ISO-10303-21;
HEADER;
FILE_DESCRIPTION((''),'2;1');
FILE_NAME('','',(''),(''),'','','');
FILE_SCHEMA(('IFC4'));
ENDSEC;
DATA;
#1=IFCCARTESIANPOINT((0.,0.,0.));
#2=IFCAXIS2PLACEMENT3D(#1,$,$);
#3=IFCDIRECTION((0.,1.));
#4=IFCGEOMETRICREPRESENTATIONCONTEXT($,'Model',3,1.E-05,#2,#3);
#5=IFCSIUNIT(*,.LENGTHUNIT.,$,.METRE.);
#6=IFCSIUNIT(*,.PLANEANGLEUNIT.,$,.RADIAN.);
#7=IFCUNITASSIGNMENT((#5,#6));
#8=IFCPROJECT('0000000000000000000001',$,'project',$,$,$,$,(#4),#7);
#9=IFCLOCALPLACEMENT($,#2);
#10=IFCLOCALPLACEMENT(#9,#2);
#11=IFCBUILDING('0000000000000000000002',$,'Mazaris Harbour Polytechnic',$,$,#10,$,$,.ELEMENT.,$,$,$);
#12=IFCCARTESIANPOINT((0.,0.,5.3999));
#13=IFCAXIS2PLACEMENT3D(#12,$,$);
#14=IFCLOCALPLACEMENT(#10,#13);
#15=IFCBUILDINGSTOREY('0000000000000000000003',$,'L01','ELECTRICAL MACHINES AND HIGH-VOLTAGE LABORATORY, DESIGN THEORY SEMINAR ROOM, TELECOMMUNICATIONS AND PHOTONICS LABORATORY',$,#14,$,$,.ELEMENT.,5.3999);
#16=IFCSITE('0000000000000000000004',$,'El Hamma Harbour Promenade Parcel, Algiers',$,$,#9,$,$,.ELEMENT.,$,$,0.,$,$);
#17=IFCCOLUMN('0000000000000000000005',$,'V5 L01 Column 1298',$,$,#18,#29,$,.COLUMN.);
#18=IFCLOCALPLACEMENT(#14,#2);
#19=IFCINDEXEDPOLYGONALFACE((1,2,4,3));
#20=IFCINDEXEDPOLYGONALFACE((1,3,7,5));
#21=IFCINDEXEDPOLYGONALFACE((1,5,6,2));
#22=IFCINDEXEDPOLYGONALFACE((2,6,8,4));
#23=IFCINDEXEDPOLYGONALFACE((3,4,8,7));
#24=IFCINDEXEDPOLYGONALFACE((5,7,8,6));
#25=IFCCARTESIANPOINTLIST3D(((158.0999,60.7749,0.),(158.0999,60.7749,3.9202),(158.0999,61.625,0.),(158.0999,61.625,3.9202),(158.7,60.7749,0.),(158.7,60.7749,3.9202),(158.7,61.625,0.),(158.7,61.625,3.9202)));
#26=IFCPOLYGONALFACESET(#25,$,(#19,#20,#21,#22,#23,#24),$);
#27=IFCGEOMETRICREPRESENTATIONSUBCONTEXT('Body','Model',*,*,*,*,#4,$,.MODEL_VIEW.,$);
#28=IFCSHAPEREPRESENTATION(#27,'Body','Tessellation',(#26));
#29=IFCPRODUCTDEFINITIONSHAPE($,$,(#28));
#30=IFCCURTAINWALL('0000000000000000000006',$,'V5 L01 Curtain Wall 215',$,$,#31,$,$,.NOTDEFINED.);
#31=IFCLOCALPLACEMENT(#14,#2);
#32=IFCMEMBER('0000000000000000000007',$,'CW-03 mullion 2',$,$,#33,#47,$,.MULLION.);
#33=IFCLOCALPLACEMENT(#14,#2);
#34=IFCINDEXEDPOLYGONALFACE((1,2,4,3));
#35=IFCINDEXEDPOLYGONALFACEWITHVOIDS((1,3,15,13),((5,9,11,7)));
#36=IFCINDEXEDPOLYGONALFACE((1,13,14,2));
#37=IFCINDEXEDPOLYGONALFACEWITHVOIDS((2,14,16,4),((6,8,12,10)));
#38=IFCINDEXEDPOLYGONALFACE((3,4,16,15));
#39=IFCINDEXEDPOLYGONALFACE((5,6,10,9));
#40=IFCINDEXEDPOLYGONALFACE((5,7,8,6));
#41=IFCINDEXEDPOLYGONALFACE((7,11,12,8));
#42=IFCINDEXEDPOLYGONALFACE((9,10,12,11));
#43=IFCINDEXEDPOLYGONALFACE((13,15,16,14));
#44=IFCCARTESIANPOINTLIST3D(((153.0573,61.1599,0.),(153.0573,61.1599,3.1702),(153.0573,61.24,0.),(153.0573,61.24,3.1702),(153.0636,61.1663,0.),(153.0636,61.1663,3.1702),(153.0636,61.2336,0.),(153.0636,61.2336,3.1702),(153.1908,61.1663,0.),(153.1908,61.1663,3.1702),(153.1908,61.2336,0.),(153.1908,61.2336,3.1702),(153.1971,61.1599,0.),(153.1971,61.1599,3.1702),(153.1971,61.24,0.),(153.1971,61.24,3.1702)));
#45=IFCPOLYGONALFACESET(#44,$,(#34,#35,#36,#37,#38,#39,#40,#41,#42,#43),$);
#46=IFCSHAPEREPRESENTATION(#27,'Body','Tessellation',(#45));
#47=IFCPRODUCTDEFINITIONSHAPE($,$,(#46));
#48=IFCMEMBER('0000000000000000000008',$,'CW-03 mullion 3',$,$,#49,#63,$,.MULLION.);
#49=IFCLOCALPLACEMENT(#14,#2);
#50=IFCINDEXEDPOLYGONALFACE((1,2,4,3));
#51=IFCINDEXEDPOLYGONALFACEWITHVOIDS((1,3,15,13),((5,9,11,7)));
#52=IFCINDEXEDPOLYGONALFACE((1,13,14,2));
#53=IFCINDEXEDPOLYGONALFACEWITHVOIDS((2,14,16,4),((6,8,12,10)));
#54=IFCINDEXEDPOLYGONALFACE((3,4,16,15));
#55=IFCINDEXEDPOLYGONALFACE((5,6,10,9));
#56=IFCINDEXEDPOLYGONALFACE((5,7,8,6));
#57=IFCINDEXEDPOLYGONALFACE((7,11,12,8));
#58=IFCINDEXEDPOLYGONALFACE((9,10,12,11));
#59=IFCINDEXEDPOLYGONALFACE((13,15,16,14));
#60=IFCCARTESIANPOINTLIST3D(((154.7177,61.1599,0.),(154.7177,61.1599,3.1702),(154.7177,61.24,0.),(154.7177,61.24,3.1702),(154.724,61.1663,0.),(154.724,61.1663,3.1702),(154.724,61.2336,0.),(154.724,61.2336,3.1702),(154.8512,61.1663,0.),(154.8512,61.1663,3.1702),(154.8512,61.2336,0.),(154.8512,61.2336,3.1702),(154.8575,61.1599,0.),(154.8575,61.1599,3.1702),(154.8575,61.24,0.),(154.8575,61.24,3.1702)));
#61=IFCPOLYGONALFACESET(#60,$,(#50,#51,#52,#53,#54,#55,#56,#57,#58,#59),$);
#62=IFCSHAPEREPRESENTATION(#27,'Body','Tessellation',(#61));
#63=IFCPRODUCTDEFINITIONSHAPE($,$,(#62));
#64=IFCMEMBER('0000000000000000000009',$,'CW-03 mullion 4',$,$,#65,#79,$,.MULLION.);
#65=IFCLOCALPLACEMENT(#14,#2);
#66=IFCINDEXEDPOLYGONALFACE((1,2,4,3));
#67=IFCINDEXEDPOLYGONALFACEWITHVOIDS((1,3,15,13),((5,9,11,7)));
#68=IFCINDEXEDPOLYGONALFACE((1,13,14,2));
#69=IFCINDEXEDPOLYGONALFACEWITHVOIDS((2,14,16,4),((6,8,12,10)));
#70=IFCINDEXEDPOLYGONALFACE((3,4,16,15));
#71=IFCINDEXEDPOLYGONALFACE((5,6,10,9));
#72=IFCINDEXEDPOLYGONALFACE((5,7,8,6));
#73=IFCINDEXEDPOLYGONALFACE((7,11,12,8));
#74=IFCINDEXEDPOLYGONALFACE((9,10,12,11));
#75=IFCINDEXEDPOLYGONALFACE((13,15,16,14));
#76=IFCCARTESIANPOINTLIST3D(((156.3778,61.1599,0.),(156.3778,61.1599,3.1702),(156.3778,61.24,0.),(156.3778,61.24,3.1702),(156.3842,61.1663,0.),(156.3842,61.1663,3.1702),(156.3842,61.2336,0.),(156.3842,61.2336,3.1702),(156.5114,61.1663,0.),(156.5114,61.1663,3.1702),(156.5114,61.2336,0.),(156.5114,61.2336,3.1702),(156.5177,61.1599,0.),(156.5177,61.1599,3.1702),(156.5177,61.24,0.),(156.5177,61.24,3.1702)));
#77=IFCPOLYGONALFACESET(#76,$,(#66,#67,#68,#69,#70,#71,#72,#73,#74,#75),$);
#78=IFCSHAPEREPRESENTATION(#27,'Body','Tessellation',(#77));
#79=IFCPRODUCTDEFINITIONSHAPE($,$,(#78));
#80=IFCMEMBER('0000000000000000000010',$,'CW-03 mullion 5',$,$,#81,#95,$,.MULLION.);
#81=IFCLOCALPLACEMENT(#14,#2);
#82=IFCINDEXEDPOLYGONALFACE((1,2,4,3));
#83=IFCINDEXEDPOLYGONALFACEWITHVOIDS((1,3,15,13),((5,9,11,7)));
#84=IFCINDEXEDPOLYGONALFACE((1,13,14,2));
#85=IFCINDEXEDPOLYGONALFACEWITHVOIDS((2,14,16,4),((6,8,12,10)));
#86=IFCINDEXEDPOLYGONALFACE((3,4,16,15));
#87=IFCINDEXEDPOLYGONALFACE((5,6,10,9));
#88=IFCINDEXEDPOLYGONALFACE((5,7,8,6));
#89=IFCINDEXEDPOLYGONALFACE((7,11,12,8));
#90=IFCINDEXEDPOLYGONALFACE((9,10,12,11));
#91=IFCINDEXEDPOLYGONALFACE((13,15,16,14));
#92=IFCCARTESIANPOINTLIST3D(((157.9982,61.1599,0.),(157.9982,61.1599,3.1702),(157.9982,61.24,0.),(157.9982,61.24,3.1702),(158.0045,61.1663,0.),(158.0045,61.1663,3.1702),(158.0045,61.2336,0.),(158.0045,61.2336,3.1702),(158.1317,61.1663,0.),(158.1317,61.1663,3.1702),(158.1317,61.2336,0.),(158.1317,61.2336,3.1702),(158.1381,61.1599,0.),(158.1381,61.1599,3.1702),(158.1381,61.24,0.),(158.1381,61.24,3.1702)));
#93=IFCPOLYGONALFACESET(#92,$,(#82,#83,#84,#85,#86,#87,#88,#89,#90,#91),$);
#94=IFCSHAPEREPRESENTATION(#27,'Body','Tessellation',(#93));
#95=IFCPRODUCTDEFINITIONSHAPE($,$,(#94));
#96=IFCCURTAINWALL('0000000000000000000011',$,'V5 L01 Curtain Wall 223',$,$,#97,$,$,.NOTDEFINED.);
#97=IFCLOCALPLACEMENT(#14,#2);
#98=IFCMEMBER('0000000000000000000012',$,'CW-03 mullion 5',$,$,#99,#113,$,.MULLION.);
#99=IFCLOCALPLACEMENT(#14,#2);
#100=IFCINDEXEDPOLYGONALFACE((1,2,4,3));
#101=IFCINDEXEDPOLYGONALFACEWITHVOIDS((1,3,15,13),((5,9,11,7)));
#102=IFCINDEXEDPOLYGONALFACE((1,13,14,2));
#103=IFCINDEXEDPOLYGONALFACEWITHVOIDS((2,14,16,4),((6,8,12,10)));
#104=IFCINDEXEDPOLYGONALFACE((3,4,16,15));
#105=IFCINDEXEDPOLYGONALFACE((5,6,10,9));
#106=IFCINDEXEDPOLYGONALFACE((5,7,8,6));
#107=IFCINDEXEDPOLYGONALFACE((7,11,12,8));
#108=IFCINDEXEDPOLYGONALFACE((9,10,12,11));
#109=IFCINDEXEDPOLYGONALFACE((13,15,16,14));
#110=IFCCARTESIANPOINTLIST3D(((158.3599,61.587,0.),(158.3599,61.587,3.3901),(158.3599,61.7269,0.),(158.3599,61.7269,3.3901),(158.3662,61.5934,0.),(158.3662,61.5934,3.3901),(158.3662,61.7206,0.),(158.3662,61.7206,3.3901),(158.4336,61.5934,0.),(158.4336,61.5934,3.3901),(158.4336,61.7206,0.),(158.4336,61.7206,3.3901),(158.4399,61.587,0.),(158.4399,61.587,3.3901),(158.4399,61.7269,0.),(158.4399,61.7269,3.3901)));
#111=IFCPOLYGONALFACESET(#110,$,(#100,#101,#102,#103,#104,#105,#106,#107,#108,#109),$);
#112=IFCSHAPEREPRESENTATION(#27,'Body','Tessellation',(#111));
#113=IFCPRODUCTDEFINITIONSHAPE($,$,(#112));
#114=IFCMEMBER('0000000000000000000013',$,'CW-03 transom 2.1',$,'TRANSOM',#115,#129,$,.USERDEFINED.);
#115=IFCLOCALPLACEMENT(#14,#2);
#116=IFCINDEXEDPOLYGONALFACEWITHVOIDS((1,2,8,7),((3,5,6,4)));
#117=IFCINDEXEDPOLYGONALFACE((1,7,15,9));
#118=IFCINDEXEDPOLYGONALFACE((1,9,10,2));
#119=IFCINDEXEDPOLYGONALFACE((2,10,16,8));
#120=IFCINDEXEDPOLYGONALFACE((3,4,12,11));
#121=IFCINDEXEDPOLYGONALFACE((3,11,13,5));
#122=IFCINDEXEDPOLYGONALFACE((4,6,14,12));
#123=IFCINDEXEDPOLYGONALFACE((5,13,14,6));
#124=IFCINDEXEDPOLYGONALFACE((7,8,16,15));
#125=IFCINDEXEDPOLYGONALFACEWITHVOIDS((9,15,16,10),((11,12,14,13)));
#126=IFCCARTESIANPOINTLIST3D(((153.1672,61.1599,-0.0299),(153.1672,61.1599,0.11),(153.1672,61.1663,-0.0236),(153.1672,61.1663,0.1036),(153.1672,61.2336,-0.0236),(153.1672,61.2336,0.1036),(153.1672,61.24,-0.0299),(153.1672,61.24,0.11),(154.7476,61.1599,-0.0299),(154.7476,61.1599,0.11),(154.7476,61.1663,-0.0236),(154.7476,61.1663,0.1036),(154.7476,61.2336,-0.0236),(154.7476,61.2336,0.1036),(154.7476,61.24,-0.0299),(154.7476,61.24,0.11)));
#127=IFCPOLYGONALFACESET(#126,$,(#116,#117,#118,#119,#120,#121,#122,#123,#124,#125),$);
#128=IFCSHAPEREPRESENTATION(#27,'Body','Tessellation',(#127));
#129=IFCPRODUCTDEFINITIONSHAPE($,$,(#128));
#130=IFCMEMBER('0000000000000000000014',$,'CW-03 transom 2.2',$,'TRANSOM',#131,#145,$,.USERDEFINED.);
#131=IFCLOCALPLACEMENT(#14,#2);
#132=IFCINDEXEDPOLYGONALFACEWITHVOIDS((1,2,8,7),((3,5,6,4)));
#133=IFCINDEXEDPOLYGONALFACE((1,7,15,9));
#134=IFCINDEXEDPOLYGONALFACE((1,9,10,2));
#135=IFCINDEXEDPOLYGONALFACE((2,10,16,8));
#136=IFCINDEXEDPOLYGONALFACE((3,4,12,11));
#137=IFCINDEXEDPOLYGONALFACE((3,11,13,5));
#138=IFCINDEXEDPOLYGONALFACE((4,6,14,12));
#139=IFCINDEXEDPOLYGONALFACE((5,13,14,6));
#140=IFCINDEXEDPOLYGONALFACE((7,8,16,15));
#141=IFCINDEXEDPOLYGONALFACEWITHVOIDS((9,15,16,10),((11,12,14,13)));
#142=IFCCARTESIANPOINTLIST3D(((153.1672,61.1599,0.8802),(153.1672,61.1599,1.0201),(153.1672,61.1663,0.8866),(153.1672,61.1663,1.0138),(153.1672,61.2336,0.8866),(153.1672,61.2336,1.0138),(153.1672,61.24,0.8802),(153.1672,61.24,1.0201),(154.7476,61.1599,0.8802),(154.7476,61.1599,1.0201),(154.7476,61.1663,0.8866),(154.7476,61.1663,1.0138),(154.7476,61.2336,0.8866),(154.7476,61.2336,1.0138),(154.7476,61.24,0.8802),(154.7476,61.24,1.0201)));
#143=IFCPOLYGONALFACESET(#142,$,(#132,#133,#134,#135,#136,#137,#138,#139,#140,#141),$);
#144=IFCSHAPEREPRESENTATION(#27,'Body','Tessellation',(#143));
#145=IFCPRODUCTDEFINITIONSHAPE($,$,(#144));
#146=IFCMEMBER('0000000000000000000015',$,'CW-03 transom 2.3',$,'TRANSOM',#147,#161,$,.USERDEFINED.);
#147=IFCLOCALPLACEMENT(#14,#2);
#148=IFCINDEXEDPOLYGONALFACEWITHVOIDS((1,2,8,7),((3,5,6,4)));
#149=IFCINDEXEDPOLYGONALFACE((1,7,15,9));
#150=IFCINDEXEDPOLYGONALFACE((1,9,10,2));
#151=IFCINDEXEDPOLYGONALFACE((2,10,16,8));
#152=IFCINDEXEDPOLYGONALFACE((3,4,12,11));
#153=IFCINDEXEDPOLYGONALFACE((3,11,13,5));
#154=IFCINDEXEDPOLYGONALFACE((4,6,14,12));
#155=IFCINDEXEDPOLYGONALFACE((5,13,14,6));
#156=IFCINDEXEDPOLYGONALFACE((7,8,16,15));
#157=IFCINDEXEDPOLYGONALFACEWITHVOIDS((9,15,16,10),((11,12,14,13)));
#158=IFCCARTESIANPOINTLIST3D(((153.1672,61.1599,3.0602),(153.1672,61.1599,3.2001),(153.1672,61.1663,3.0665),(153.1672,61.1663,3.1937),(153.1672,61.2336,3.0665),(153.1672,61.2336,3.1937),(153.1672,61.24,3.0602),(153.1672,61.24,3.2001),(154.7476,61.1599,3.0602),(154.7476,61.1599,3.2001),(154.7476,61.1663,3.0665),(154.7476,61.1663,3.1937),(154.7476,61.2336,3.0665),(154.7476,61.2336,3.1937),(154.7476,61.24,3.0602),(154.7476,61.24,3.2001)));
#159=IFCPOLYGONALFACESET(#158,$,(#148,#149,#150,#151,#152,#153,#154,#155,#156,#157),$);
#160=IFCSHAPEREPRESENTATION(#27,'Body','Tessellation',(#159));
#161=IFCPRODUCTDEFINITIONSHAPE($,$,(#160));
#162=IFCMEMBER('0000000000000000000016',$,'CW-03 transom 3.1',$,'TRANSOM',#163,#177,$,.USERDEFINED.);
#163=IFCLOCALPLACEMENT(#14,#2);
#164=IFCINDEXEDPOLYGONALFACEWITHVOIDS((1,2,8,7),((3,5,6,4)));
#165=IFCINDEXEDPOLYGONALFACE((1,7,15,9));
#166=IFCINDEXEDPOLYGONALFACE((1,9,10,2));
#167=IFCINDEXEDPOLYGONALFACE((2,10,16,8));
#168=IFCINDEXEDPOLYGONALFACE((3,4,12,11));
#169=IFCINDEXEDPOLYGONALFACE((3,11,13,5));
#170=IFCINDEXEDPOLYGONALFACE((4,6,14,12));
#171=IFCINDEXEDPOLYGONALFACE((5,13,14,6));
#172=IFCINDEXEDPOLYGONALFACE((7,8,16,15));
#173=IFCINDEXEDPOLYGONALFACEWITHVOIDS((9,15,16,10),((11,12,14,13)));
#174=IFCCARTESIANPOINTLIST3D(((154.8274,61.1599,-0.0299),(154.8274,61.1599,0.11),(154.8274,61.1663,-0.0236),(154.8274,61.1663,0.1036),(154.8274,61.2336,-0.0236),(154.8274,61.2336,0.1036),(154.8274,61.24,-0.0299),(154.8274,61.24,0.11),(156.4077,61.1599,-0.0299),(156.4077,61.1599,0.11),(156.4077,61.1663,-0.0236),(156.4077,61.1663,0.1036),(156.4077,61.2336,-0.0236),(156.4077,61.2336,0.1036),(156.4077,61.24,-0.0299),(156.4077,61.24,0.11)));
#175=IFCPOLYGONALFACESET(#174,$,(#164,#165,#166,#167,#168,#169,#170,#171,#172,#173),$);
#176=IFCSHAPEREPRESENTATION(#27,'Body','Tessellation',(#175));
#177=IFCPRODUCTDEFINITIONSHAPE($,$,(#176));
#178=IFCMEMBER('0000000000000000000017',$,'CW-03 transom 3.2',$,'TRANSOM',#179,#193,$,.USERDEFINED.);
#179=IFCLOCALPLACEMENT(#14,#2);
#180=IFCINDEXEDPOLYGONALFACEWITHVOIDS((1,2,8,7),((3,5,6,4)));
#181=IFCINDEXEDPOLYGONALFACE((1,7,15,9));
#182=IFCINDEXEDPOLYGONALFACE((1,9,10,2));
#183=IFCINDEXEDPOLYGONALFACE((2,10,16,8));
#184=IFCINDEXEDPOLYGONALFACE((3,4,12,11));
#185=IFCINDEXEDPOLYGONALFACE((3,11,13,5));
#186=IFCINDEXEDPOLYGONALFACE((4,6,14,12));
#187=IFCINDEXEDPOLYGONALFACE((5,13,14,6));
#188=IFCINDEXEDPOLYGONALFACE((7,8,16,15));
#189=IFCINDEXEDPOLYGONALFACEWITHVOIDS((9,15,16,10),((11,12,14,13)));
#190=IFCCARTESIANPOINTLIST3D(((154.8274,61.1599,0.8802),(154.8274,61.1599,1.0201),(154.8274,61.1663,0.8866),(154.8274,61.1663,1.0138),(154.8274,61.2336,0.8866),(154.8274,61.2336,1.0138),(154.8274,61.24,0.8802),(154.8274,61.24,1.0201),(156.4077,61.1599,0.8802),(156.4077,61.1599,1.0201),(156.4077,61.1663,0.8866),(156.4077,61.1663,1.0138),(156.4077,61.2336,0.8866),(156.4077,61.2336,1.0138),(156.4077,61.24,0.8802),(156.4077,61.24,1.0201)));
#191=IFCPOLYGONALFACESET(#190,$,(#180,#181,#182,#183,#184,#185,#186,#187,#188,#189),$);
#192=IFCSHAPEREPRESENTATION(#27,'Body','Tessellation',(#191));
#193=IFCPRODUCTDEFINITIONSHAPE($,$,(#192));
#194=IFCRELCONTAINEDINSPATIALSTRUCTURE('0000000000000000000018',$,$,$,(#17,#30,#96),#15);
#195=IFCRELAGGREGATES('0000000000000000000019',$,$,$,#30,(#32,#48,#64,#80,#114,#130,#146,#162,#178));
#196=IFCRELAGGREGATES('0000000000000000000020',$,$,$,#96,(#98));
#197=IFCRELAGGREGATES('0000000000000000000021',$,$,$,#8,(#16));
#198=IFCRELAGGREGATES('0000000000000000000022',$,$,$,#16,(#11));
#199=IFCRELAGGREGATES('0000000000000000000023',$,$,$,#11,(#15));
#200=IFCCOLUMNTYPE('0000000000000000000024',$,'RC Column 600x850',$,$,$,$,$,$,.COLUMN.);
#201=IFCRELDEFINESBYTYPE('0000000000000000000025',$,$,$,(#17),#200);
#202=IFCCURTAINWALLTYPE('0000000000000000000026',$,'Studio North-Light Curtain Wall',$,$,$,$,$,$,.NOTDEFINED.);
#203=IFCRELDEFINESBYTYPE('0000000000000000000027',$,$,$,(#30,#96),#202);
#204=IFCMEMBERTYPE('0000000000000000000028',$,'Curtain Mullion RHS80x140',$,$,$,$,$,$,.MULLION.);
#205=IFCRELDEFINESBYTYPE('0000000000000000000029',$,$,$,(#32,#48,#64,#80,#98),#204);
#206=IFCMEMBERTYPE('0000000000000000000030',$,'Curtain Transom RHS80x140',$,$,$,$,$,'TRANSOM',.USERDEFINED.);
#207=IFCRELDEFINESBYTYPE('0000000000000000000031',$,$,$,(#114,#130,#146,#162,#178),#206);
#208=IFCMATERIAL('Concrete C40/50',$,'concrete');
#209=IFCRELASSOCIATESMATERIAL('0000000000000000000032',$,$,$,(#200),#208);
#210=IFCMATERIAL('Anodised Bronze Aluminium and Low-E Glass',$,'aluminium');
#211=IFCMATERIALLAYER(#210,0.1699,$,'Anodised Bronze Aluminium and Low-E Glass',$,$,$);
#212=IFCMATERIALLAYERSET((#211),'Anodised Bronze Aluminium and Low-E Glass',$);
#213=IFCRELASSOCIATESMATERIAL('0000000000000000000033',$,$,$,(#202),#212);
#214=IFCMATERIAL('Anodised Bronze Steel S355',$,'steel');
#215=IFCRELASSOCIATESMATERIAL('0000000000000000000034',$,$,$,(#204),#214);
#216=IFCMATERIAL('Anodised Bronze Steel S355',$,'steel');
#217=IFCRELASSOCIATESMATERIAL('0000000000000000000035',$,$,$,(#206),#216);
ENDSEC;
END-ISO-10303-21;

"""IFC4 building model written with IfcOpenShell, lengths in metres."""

from ifc_helpers import new_model, si_unit, direction, frame, origin, origin_2d, place, context, subcontext, project, spatial, rectangle, hollow_rectangle, extrude, material, layer, layer_set, material_profile, profile_set, type_object, element, aggregate, save


model = new_model("IFC4")

# Units and contexts
model_context = context("Model", 3, precision=1e-05, world=origin(), true_north=direction((0.0, 1.0)))
body_context = subcontext(model_context, "Body", "Model", "MODEL_VIEW")
ifc_project = project(units=[si_unit("LENGTHUNIT", "METRE"), si_unit("PLANEANGLEUNIT", "RADIAN")], contexts=[model_context])

# Site, building, storey
site_placement = place(None, origin())
site = spatial("IfcSite", under=ifc_project, at=site_placement, Name="El Hamma Harbour Promenade Parcel, Algiers", CompositionType="ELEMENT", RefElevation=0.0)
building_placement = place(site_placement, origin())
building = spatial("IfcBuilding", under=site, at=building_placement, Name="Mazaris Harbour Polytechnic", CompositionType="ELEMENT")
storey_placement = place(building_placement, frame((0.0, 0.0, 5.3999)))
storey = spatial("IfcBuildingStorey", under=building, at=storey_placement, Name="L01", Description="ELECTRICAL MACHINES AND HIGH-VOLTAGE LABORATORY, DESIGN THEORY SEMINAR ROOM, TELECOMMUNICATIONS AND PHOTONICS LABORATORY", CompositionType="ELEMENT", Elevation=5.3999)

# Column
ifc_material_1 = material(Name="Concrete C40/50", Category="concrete")
ifc_material_profile_1 = material_profile(ifc_material_1, rectangle(XDim=0.6001, YDim=0.8501, at=origin_2d()), Name="RECT600x850")
ifc_profile_set_1 = profile_set([ifc_material_profile_1], Name="Concrete C40/50")
column_type = type_object("IfcColumnType", Name="RC Column 600x850", PredefinedType="COLUMN", material=ifc_profile_set_1)
column_placement = place(storey_placement, frame((158.3999, 61.2, 0.0), z_axis=(0.0, 0.0, 1.0), x_axis=(1.0, 0.0, 0.0)))
element("IfcColumn", 1, at=column_placement, inside=storey, type_object=column_type, Name="V5 L01 Column 1298", PredefinedType="COLUMN", context=body_context, shape_type="SweptSolid", body=[
    extrude(rectangle(XDim=0.6001, YDim=0.8501, at=origin_2d()), origin(), (0.0, 0.0, 1.0), 3.9202),
])

# Curtain wall, members
ifc_material_2 = material(Name="Anodised Bronze Aluminium and Low-E Glass", Category="aluminium")
ifc_layer_1 = layer(ifc_material_2, 0.1699, Name="Anodised Bronze Aluminium and Low-E Glass")
ifc_layer_set_1 = layer_set([ifc_layer_1], Name="Anodised Bronze Aluminium and Low-E Glass")
curtain_wall_type = type_object("IfcCurtainWallType", Name="Studio North-Light Curtain Wall", PredefinedType="NOTDEFINED", material=ifc_layer_set_1)
curtain_wall_1_placement = place(storey_placement, origin())
curtain_wall_1 = element("IfcCurtainWall", 2, at=curtain_wall_1_placement, inside=storey, type_object=curtain_wall_type, Name="V5 L01 Curtain Wall 215", PredefinedType="NOTDEFINED")
ifc_material_3 = material(Name="Anodised Bronze Steel S355", Category="steel")
ifc_material_profile_2 = material_profile(ifc_material_3, hollow_rectangle(XDim=0.0801, YDim=0.1399, WallThickness=0.0063, at=origin_2d()), Name="RHS 80x140x6.3")
ifc_profile_set_2 = profile_set([ifc_material_profile_2], Name="Anodised Bronze Steel S355")
member_type_1 = type_object("IfcMemberType", Name="Curtain Mullion RHS80x140", PredefinedType="MULLION", material=ifc_profile_set_2)
member_1_placement = place(storey_placement, frame((153.1272, 61.2, 0.0), z_axis=(0.0, 0.0, 1.0), x_axis=(0.0, 1.0, 0.0)))
member_1 = element("IfcMember", 3, at=member_1_placement, type_object=member_type_1, Name="CW-03 mullion 2", PredefinedType="MULLION", context=body_context, shape_type="SweptSolid", body=[
    extrude(hollow_rectangle(XDim=0.0801, YDim=0.1399, WallThickness=0.0063, at=origin_2d()), origin(), (0.0, 0.0, 1.0), 3.1702),
])
member_2_placement = place(storey_placement, frame((154.7876, 61.2, 0.0), z_axis=(0.0, 0.0, 1.0), x_axis=(0.0, 1.0, 0.0)))
member_2 = element("IfcMember", 4, at=member_2_placement, type_object=member_type_1, Name="CW-03 mullion 3", PredefinedType="MULLION", context=body_context, shape_type="SweptSolid", body=[
    extrude(hollow_rectangle(XDim=0.0801, YDim=0.1399, WallThickness=0.0063, at=origin_2d()), origin(), (0.0, 0.0, 1.0), 3.1702),
])
member_3_placement = place(storey_placement, frame((156.4478, 61.2, 0.0), z_axis=(0.0, 0.0, 1.0), x_axis=(0.0, 1.0, 0.0)))
member_3 = element("IfcMember", 5, at=member_3_placement, type_object=member_type_1, Name="CW-03 mullion 4", PredefinedType="MULLION", context=body_context, shape_type="SweptSolid", body=[
    extrude(hollow_rectangle(XDim=0.0801, YDim=0.1399, WallThickness=0.0063, at=origin_2d()), origin(), (0.0, 0.0, 1.0), 3.1702),
])
member_4_placement = place(storey_placement, frame((158.0681, 61.2, 0.0), z_axis=(0.0, 0.0, 1.0), x_axis=(0.0, 1.0, 0.0)))
member_4 = element("IfcMember", 6, at=member_4_placement, type_object=member_type_1, Name="CW-03 mullion 5", PredefinedType="MULLION", context=body_context, shape_type="SweptSolid", body=[
    extrude(hollow_rectangle(XDim=0.0801, YDim=0.1399, WallThickness=0.0063, at=origin_2d()), origin(), (0.0, 0.0, 1.0), 3.1702),
])

# Curtain wall, member
curtain_wall_2_placement = place(storey_placement, origin())
curtain_wall_2 = element("IfcCurtainWall", 7, at=curtain_wall_2_placement, inside=storey, type_object=curtain_wall_type, Name="V5 L01 Curtain Wall 223", PredefinedType="NOTDEFINED")
member_5_placement = place(storey_placement, frame((158.3999, 61.657, 0.0), z_axis=(0.0, 0.0, 1.0), x_axis=(1.0, 0.0, 0.0)))
member_5 = element("IfcMember", 8, at=member_5_placement, type_object=member_type_1, Name="CW-03 mullion 5", PredefinedType="MULLION", context=body_context, shape_type="SweptSolid", body=[
    extrude(hollow_rectangle(XDim=0.0801, YDim=0.1399, WallThickness=0.0063, at=origin_2d()), origin(), (0.0, 0.0, 1.0), 3.3901),
])

# Members
ifc_material_4 = material(Name="Anodised Bronze Steel S355", Category="steel")
ifc_material_profile_3 = material_profile(ifc_material_4, hollow_rectangle(XDim=0.0801, YDim=0.1399, WallThickness=0.0063, at=origin_2d()), Name="RHS 80x140x6.3")
ifc_profile_set_3 = profile_set([ifc_material_profile_3], Name="Anodised Bronze Steel S355")
member_type_2 = type_object("IfcMemberType", Name="Curtain Transom RHS80x140", ElementType="TRANSOM", PredefinedType="USERDEFINED", material=ifc_profile_set_3)
member_6_placement = place(storey_placement, frame((153.1672, 61.2, 0.04), z_axis=(1.0, 0.0, 0.0), x_axis=(0.0, 1.0, 0.0)))
member_6 = element("IfcMember", 9, at=member_6_placement, type_object=member_type_2, Name="CW-03 transom 2.1", ObjectType="TRANSOM", PredefinedType="USERDEFINED", context=body_context, shape_type="SweptSolid", body=[
    extrude(hollow_rectangle(XDim=0.0801, YDim=0.1399, WallThickness=0.0063, at=origin_2d()), origin(), (0.0, 0.0, 1.0), 1.5803),
])
member_7_placement = place(storey_placement, frame((153.1672, 61.2, 0.9502), z_axis=(1.0, 0.0, 0.0), x_axis=(0.0, 1.0, 0.0)))
member_7 = element("IfcMember", 10, at=member_7_placement, type_object=member_type_2, Name="CW-03 transom 2.2", ObjectType="TRANSOM", PredefinedType="USERDEFINED", context=body_context, shape_type="SweptSolid", body=[
    extrude(hollow_rectangle(XDim=0.0801, YDim=0.1399, WallThickness=0.0063, at=origin_2d()), origin(), (0.0, 0.0, 1.0), 1.5803),
])
member_8_placement = place(storey_placement, frame((153.1672, 61.2, 3.1301), z_axis=(1.0, 0.0, 0.0), x_axis=(0.0, 1.0, 0.0)))
member_8 = element("IfcMember", 11, at=member_8_placement, type_object=member_type_2, Name="CW-03 transom 2.3", ObjectType="TRANSOM", PredefinedType="USERDEFINED", context=body_context, shape_type="SweptSolid", body=[
    extrude(hollow_rectangle(XDim=0.0801, YDim=0.1399, WallThickness=0.0063, at=origin_2d()), origin(), (0.0, 0.0, 1.0), 1.5803),
])
member_9_placement = place(storey_placement, frame((154.8274, 61.2, 0.04), z_axis=(1.0, 0.0, 0.0), x_axis=(0.0, 1.0, 0.0)))
member_9 = element("IfcMember", 12, at=member_9_placement, type_object=member_type_2, Name="CW-03 transom 3.1", ObjectType="TRANSOM", PredefinedType="USERDEFINED", context=body_context, shape_type="SweptSolid", body=[
    extrude(hollow_rectangle(XDim=0.0801, YDim=0.1399, WallThickness=0.0063, at=origin_2d()), origin(), (0.0, 0.0, 1.0), 1.5803),
])
member_10_placement = place(storey_placement, frame((154.8274, 61.2, 0.9502), z_axis=(1.0, 0.0, 0.0), x_axis=(0.0, 1.0, 0.0)))
member_10 = element("IfcMember", 13, at=member_10_placement, type_object=member_type_2, Name="CW-03 transom 3.2", ObjectType="TRANSOM", PredefinedType="USERDEFINED", context=body_context, shape_type="SweptSolid", body=[
    extrude(hollow_rectangle(XDim=0.0801, YDim=0.1399, WallThickness=0.0063, at=origin_2d()), origin(), (0.0, 0.0, 1.0), 1.5803),
])

aggregate(curtain_wall_1, [member_1, member_2, member_3, member_4, member_6, member_7, member_8, member_9, member_10])
aggregate(curtain_wall_2, [member_5])

save(model, "model.ifc")
